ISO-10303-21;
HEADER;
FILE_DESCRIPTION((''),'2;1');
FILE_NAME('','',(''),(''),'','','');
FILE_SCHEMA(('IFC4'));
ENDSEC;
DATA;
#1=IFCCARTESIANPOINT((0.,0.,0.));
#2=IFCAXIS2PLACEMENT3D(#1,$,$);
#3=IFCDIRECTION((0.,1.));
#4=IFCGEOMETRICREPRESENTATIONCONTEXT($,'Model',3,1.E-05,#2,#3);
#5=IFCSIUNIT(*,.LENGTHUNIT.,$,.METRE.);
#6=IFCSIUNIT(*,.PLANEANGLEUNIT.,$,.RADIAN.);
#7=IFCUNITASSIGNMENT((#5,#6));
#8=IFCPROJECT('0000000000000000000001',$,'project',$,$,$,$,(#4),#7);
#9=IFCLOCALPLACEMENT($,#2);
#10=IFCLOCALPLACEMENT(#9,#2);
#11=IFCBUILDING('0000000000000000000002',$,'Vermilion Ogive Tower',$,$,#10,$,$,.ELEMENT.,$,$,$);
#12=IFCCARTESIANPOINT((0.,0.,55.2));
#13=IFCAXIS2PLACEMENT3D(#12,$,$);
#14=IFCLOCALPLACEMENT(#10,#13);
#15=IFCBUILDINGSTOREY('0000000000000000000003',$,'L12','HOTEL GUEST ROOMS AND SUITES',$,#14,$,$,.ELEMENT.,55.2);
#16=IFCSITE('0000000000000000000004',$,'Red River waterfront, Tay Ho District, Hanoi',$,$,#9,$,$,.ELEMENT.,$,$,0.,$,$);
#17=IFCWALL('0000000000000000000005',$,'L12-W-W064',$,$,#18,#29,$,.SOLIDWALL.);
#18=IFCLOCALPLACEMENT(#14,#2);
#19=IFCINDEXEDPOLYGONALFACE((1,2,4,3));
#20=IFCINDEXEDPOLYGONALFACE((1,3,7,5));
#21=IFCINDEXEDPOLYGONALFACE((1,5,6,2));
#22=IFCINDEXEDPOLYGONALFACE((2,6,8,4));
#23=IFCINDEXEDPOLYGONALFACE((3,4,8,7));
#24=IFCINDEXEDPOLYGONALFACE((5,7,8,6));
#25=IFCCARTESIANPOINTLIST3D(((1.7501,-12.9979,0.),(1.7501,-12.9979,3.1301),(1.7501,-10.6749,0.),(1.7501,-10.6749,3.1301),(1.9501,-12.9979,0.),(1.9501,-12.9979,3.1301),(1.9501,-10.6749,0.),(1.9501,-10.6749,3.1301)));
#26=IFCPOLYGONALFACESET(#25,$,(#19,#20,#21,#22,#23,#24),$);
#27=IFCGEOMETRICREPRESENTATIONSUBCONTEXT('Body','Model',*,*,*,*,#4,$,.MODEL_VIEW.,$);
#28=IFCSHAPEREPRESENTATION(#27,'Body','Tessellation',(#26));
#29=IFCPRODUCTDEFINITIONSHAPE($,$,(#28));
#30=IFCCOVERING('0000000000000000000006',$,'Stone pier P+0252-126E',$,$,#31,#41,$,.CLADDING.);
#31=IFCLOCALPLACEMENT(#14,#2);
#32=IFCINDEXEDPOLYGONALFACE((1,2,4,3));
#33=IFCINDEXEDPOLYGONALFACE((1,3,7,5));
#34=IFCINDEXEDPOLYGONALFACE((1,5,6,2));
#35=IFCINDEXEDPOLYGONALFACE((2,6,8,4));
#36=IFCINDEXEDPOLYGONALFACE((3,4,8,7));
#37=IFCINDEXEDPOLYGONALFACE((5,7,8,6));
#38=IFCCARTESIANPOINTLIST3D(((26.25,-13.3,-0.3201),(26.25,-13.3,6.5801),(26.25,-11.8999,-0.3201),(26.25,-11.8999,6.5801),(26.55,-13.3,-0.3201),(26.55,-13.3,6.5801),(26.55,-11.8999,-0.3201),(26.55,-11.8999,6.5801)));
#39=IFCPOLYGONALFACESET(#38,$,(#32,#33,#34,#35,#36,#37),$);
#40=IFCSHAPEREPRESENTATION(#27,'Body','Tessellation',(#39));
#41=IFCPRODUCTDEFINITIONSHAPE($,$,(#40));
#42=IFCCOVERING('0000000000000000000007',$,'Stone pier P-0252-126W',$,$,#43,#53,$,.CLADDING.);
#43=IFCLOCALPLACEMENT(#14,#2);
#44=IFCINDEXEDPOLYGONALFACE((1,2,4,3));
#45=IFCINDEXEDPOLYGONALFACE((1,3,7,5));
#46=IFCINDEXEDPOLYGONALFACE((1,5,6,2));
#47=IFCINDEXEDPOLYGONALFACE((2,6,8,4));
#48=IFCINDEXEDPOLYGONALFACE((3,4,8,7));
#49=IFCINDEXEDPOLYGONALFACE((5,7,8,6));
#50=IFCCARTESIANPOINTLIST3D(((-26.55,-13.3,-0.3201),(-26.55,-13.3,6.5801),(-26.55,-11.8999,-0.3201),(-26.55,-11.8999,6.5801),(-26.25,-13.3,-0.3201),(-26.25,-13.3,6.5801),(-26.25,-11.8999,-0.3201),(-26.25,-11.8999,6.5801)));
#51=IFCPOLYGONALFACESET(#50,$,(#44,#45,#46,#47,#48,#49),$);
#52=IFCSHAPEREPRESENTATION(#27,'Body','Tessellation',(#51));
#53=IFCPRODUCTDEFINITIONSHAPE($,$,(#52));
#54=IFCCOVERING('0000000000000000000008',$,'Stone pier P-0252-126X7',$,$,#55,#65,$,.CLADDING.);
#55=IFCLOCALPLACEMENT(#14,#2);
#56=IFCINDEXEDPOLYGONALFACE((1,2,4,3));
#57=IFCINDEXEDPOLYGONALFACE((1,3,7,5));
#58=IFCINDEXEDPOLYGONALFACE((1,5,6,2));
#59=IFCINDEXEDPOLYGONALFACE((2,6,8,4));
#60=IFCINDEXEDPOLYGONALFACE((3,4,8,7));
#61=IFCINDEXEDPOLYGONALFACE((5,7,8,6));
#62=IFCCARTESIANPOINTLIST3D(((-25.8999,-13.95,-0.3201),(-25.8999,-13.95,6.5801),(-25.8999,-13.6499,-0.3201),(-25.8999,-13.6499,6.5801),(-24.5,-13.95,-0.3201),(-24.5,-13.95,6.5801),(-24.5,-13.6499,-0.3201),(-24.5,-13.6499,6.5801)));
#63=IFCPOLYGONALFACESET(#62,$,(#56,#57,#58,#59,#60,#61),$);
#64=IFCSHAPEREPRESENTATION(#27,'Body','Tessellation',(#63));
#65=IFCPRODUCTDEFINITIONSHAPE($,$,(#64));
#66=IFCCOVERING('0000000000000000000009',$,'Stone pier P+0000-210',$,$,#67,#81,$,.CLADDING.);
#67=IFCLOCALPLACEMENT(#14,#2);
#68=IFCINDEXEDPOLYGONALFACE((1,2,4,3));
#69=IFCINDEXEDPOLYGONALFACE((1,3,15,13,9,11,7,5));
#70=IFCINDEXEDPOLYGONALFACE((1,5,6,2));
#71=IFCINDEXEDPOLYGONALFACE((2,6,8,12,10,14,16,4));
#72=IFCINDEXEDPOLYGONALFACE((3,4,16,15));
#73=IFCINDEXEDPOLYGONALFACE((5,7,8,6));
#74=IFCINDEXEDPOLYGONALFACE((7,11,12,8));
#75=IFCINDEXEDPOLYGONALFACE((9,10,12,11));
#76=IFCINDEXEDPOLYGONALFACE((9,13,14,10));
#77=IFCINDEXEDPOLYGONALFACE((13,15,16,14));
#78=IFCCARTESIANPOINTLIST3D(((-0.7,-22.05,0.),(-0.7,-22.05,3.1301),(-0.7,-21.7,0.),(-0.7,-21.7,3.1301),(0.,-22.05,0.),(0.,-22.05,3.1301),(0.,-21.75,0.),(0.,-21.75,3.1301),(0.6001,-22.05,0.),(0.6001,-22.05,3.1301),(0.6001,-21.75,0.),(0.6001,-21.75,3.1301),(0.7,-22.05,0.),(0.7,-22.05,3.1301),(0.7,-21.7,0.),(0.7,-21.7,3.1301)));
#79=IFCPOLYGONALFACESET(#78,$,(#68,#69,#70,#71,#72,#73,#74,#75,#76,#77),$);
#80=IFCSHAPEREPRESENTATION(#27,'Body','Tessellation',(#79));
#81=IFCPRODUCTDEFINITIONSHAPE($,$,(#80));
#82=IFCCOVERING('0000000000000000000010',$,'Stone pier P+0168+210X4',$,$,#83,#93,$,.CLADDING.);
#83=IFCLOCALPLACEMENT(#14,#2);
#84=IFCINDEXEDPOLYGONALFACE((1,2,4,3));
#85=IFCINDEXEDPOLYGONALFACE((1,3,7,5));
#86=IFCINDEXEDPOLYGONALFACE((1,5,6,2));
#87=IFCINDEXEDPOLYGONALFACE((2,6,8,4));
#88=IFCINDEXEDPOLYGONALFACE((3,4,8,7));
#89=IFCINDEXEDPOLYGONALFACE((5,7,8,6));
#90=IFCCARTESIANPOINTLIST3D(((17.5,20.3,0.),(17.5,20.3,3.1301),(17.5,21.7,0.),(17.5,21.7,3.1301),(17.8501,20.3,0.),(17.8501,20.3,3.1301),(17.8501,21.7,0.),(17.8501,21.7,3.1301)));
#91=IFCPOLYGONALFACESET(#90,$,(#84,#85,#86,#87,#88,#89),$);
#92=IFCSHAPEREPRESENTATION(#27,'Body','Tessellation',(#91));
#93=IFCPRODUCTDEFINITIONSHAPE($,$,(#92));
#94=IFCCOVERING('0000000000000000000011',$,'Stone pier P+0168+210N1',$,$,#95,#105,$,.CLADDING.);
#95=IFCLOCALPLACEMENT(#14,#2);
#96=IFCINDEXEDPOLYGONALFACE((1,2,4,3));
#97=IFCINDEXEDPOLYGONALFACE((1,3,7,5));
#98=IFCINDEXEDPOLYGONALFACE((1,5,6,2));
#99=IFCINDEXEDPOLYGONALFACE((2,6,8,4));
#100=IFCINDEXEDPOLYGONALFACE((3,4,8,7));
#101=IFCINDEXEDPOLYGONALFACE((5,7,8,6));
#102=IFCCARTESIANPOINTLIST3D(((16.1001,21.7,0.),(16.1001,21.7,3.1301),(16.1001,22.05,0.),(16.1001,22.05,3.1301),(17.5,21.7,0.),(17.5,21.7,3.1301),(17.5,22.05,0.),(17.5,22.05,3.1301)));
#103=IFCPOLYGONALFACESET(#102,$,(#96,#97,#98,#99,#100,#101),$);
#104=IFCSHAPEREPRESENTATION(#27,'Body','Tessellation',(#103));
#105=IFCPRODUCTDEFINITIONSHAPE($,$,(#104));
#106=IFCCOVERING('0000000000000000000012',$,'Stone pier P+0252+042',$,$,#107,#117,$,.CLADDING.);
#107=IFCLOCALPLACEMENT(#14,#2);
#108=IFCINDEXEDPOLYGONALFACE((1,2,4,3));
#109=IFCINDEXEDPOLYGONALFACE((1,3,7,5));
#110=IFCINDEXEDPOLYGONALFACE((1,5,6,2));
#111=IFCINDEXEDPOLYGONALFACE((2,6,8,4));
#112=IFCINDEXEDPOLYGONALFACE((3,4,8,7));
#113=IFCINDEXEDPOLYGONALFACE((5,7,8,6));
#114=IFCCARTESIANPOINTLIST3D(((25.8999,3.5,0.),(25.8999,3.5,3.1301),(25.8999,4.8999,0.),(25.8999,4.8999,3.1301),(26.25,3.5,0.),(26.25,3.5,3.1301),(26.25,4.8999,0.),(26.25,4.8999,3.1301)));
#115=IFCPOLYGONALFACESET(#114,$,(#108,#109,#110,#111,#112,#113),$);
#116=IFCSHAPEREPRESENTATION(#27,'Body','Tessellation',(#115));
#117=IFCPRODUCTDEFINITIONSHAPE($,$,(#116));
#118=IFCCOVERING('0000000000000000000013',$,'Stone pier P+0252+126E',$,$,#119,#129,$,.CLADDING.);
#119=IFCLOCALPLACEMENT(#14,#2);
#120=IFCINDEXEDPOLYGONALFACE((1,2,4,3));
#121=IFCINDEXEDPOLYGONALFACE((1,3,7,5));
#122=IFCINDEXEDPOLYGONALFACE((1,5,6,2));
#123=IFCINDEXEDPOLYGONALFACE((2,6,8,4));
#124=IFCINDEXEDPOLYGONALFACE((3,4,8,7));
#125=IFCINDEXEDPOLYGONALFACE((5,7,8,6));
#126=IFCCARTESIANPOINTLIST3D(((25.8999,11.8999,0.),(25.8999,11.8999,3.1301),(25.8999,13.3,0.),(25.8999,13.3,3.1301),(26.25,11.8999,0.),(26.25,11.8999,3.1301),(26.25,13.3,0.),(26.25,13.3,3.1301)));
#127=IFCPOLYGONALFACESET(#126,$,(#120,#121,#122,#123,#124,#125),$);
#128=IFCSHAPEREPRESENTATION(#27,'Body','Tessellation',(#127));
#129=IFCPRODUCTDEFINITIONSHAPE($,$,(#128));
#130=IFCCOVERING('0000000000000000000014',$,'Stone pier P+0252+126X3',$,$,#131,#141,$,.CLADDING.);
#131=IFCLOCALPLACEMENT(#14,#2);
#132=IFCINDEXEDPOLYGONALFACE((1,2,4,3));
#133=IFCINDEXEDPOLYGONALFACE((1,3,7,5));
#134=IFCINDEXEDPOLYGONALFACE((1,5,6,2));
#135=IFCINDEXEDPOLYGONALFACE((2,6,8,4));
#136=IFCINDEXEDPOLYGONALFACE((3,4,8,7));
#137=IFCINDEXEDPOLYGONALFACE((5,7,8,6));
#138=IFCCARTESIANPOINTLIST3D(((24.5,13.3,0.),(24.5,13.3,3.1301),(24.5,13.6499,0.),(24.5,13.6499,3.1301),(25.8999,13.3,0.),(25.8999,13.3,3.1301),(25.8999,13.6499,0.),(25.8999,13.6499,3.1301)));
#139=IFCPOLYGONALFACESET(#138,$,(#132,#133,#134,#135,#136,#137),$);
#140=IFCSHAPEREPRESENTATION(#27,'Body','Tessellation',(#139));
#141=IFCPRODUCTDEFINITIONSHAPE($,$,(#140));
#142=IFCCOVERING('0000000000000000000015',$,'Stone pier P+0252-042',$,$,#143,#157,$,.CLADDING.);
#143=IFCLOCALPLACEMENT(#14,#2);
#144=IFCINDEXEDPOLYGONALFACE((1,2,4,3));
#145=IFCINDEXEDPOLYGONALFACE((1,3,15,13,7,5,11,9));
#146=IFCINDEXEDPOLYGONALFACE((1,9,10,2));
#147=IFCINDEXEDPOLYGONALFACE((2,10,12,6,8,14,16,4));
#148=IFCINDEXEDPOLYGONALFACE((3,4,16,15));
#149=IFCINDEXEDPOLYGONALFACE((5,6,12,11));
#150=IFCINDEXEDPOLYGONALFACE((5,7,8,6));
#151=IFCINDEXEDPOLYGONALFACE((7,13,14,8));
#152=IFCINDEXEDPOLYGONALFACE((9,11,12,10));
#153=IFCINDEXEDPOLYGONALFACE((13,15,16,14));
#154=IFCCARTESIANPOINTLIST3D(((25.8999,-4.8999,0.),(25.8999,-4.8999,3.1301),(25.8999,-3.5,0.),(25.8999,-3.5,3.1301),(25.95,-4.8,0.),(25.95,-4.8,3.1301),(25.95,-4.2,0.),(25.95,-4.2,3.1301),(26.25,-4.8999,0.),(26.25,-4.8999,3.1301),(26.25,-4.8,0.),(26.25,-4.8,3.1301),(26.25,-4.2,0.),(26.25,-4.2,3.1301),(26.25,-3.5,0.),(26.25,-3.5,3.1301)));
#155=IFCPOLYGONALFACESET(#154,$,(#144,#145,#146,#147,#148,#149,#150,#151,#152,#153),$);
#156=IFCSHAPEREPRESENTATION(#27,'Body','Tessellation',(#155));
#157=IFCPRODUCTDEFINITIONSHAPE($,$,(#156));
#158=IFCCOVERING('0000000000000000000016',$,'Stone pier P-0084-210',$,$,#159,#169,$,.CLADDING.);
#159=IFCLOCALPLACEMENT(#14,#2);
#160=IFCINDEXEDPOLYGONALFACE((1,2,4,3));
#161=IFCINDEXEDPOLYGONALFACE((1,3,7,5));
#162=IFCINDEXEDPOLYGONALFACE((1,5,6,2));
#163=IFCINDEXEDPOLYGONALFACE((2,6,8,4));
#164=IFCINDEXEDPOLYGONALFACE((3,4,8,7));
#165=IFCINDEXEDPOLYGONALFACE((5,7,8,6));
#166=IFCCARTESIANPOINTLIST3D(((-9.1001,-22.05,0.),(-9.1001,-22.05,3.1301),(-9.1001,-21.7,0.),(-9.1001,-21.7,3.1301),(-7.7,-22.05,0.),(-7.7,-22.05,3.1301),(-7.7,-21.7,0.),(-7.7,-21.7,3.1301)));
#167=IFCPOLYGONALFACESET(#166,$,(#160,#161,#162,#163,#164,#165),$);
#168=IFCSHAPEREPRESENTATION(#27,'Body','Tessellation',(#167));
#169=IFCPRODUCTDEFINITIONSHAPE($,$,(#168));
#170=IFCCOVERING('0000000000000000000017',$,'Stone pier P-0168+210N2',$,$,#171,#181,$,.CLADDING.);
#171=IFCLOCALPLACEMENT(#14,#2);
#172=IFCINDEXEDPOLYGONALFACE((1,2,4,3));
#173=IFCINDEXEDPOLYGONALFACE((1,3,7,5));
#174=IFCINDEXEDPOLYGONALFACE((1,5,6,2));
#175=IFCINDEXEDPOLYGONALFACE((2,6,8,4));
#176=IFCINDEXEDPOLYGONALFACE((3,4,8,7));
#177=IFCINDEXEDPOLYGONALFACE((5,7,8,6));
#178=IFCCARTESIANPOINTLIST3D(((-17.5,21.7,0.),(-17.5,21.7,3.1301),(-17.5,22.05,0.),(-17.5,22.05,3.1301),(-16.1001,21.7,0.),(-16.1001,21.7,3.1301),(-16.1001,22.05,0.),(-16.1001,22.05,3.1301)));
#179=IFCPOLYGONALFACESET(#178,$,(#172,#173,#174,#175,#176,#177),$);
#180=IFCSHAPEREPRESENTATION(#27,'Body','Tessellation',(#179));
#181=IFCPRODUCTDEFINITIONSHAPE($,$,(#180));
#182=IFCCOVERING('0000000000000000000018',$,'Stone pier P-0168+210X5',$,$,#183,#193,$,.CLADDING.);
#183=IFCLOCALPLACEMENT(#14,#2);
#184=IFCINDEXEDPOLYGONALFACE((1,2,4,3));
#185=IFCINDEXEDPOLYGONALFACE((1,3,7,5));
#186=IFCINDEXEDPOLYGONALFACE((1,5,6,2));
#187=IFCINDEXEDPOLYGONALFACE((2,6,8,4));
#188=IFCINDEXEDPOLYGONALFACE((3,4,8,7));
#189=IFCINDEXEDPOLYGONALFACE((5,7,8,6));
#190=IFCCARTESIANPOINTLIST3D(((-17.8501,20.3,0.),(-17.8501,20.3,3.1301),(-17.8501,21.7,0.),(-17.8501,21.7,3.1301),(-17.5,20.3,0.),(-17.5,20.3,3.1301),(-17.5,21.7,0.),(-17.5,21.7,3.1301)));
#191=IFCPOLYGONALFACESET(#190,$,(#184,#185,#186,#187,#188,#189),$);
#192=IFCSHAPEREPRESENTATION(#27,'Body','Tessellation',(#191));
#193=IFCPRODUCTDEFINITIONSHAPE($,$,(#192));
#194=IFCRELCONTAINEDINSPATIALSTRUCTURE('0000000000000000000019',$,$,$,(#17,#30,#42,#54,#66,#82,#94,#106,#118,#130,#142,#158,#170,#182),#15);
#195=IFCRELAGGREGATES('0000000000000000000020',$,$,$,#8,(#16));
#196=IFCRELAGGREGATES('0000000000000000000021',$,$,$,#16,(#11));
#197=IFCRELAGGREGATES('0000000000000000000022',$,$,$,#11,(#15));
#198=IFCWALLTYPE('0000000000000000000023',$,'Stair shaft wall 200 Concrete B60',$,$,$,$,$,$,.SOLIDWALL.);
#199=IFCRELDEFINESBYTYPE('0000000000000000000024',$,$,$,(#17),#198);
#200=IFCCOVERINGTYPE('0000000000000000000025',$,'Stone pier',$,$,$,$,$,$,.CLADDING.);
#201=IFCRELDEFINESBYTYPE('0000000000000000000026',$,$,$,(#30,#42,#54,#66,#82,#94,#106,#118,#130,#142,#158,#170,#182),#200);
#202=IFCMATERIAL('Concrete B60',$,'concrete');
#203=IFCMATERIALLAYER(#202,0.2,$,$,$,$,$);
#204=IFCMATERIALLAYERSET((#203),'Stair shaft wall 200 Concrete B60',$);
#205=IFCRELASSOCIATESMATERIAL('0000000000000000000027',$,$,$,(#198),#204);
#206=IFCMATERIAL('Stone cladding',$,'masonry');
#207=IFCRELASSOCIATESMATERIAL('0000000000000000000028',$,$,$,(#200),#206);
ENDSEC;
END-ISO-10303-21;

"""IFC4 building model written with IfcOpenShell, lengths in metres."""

from ifc_helpers import new_model, si_unit, direction, frame, frame_2d, origin, place, context, subcontext, project, spatial, polyline, rectangle, outline, extrude, material, layer, layer_set, type_object, element, save


model = new_model("IFC4")

# Units and contexts
model_context = context("Model", 3, precision=1e-05, world=origin(), true_north=direction((0.0, 1.0)))
body_context = subcontext(model_context, "Body", "Model", "MODEL_VIEW")
ifc_project = project(units=[si_unit("LENGTHUNIT", "METRE"), si_unit("PLANEANGLEUNIT", "RADIAN")], contexts=[model_context])

# Site, building, storey
site_placement = place(None, origin())
site = spatial("IfcSite", under=ifc_project, at=site_placement, Name="Red River waterfront, Tay Ho District, Hanoi", CompositionType="ELEMENT", RefElevation=0.0)
building_placement = place(site_placement, origin())
building = spatial("IfcBuilding", under=site, at=building_placement, Name="Vermilion Ogive Tower", CompositionType="ELEMENT")
storey_placement = place(building_placement, frame((0.0, 0.0, 55.2)))
storey = spatial("IfcBuildingStorey", under=building, at=storey_placement, Name="L12", Description="HOTEL GUEST ROOMS AND SUITES", CompositionType="ELEMENT", Elevation=55.2)

# Wall
ifc_material_1 = material(Name="Concrete B60", Category="concrete")
ifc_layer_1 = layer(ifc_material_1, 0.2)
ifc_layer_set_1 = layer_set([ifc_layer_1], Name="Stair shaft wall 200 Concrete B60")
wall_type_1 = type_object("IfcWallType", Name="Stair shaft wall 200 Concrete B60", PredefinedType="SOLIDWALL", material=ifc_layer_set_1)
wall_1_placement = place(storey_placement, frame((1.8501, -12.998, 0.0), z_axis=(0.0, 0.0, 1.0), x_axis=(0.0, 1.0, 0.0)))
element("IfcWall", 1, at=wall_1_placement, inside=storey, type_object=wall_type_1, Name="L12-W-W064", PredefinedType="SOLIDWALL", context=body_context, shape_type="SweptSolid", body=[
    extrude(rectangle(XDim=2.323, YDim=0.2, at=frame_2d((1.1616, 0.0))), origin(), (0.0, 0.0, 1.0), 3.1301),
])

# Coverings
ifc_material_2 = material(Name="Stone cladding", Category="masonry")
covering_type = type_object("IfcCoveringType", Name="Stone pier", PredefinedType="CLADDING", material=ifc_material_2)
covering_1_placement = place(storey_placement, frame((0.0, 0.0, -0.3201)))
element("IfcCovering", 2, at=covering_1_placement, inside=storey, type_object=covering_type, Name="Stone pier P+0252-126E", PredefinedType="CLADDING", context=body_context, shape_type="SweptSolid", body=[
    extrude(outline(polyline([(26.55, -13.3), (26.25, -13.3), (26.25, -11.8999), (26.55, -11.8999), (26.55, -13.3)])), origin(), (0.0, 0.0, 1.0), 6.9001),
])
covering_2_placement = place(storey_placement, frame((0.0, 0.0, -0.3201)))
element("IfcCovering", 3, at=covering_2_placement, inside=storey, type_object=covering_type, Name="Stone pier P-0252-126W", PredefinedType="CLADDING", context=body_context, shape_type="SweptSolid", body=[
    extrude(outline(polyline([(-26.55, -13.3), (-26.55, -11.8999), (-26.25, -11.8999), (-26.25, -13.3), (-26.55, -13.3)])), origin(), (0.0, 0.0, 1.0), 6.9001),
])
covering_3_placement = place(storey_placement, frame((0.0, 0.0, -0.3201)))
element("IfcCovering", 4, at=covering_3_placement, inside=storey, type_object=covering_type, Name="Stone pier P-0252-126X7", PredefinedType="CLADDING", context=body_context, shape_type="SweptSolid", body=[
    extrude(outline(polyline([(-25.8999, -13.95), (-25.8999, -13.6499), (-24.5, -13.6499), (-24.5, -13.95), (-25.8999, -13.95)])), origin(), (0.0, 0.0, 1.0), 6.9001),
])
covering_4_placement = place(storey_placement, origin())
element("IfcCovering", 5, at=covering_4_placement, inside=storey, type_object=covering_type, Name="Stone pier P+0000-210", PredefinedType="CLADDING", context=body_context, shape_type="SweptSolid", body=[
    extrude(outline(polyline([(0.7, -22.05), (0.6001, -22.05), (0.6001, -21.75), (0.0, -21.75), (0.0, -22.05), (-0.7, -22.05), (-0.7, -21.7), (0.7, -21.7), (0.7, -22.05)])), origin(), (0.0, 0.0, 1.0), 3.1301),
])
covering_5_placement = place(storey_placement, origin())
element("IfcCovering", 6, at=covering_5_placement, inside=storey, type_object=covering_type, Name="Stone pier P+0168+210X4", PredefinedType="CLADDING", context=body_context, shape_type="SweptSolid", body=[
    extrude(outline(polyline([(17.8501, 21.7), (17.8501, 20.3), (17.5, 20.3), (17.5, 21.7), (17.8501, 21.7)])), origin(), (0.0, 0.0, 1.0), 3.1301),
])
covering_6_placement = place(storey_placement, origin())
element("IfcCovering", 7, at=covering_6_placement, inside=storey, type_object=covering_type, Name="Stone pier P+0168+210N1", PredefinedType="CLADDING", context=body_context, shape_type="SweptSolid", body=[
    extrude(outline(polyline([(17.5, 22.05), (17.5, 21.7), (16.1001, 21.7), (16.1001, 22.05), (17.5, 22.05)])), origin(), (0.0, 0.0, 1.0), 3.1301),
])
covering_7_placement = place(storey_placement, origin())
element("IfcCovering", 8, at=covering_7_placement, inside=storey, type_object=covering_type, Name="Stone pier P+0252+042", PredefinedType="CLADDING", context=body_context, shape_type="SweptSolid", body=[
    extrude(outline(polyline([(26.25, 4.8999), (26.25, 3.5), (25.8999, 3.5), (25.8999, 4.8999), (26.25, 4.8999)])), origin(), (0.0, 0.0, 1.0), 3.1301),
])
covering_8_placement = place(storey_placement, origin())
element("IfcCovering", 9, at=covering_8_placement, inside=storey, type_object=covering_type, Name="Stone pier P+0252+126E", PredefinedType="CLADDING", context=body_context, shape_type="SweptSolid", body=[
    extrude(outline(polyline([(26.25, 13.3), (26.25, 11.8999), (25.8999, 11.8999), (25.8999, 13.3), (26.25, 13.3)])), origin(), (0.0, 0.0, 1.0), 3.1301),
])
covering_9_placement = place(storey_placement, origin())
element("IfcCovering", 10, at=covering_9_placement, inside=storey, type_object=covering_type, Name="Stone pier P+0252+126X3", PredefinedType="CLADDING", context=body_context, shape_type="SweptSolid", body=[
    extrude(outline(polyline([(25.8999, 13.6499), (25.8999, 13.3), (24.5, 13.3), (24.5, 13.6499), (25.8999, 13.6499)])), origin(), (0.0, 0.0, 1.0), 3.1301),
])
covering_10_placement = place(storey_placement, origin())
element("IfcCovering", 11, at=covering_10_placement, inside=storey, type_object=covering_type, Name="Stone pier P+0252-042", PredefinedType="CLADDING", context=body_context, shape_type="SweptSolid", body=[
    extrude(outline(polyline([(26.25, -3.5), (26.25, -4.2), (25.95, -4.2), (25.95, -4.8), (26.25, -4.8), (26.25, -4.8999), (25.8999, -4.8999), (25.8999, -3.5), (26.25, -3.5)])), origin(), (0.0, 0.0, 1.0), 3.1301),
])
covering_11_placement = place(storey_placement, origin())
element("IfcCovering", 12, at=covering_11_placement, inside=storey, type_object=covering_type, Name="Stone pier P-0084-210", PredefinedType="CLADDING", context=body_context, shape_type="SweptSolid", body=[
    extrude(outline(polyline([(-7.7, -22.05), (-9.1001, -22.05), (-9.1001, -21.7), (-7.7, -21.7), (-7.7, -22.05)])), origin(), (0.0, 0.0, 1.0), 3.1301),
])
covering_12_placement = place(storey_placement, origin())
element("IfcCovering", 13, at=covering_12_placement, inside=storey, type_object=covering_type, Name="Stone pier P-0168+210N2", PredefinedType="CLADDING", context=body_context, shape_type="SweptSolid", body=[
    extrude(outline(polyline([(-17.5, 21.7), (-17.5, 22.05), (-16.1001, 22.05), (-16.1001, 21.7), (-17.5, 21.7), (-17.5, 21.7)])), origin(), (0.0, 0.0, 1.0), 3.1301),
])
covering_13_placement = place(storey_placement, origin())
element("IfcCovering", 14, at=covering_13_placement, inside=storey, type_object=covering_type, Name="Stone pier P-0168+210X5", PredefinedType="CLADDING", context=body_context, shape_type="SweptSolid", body=[
    extrude(outline(polyline([(-17.8501, 21.7), (-17.5, 21.7), (-17.5, 21.7), (-17.5, 20.3), (-17.8501, 20.3), (-17.8501, 21.7)])), origin(), (0.0, 0.0, 1.0), 3.1301),
])

save(model, "model.ifc")
